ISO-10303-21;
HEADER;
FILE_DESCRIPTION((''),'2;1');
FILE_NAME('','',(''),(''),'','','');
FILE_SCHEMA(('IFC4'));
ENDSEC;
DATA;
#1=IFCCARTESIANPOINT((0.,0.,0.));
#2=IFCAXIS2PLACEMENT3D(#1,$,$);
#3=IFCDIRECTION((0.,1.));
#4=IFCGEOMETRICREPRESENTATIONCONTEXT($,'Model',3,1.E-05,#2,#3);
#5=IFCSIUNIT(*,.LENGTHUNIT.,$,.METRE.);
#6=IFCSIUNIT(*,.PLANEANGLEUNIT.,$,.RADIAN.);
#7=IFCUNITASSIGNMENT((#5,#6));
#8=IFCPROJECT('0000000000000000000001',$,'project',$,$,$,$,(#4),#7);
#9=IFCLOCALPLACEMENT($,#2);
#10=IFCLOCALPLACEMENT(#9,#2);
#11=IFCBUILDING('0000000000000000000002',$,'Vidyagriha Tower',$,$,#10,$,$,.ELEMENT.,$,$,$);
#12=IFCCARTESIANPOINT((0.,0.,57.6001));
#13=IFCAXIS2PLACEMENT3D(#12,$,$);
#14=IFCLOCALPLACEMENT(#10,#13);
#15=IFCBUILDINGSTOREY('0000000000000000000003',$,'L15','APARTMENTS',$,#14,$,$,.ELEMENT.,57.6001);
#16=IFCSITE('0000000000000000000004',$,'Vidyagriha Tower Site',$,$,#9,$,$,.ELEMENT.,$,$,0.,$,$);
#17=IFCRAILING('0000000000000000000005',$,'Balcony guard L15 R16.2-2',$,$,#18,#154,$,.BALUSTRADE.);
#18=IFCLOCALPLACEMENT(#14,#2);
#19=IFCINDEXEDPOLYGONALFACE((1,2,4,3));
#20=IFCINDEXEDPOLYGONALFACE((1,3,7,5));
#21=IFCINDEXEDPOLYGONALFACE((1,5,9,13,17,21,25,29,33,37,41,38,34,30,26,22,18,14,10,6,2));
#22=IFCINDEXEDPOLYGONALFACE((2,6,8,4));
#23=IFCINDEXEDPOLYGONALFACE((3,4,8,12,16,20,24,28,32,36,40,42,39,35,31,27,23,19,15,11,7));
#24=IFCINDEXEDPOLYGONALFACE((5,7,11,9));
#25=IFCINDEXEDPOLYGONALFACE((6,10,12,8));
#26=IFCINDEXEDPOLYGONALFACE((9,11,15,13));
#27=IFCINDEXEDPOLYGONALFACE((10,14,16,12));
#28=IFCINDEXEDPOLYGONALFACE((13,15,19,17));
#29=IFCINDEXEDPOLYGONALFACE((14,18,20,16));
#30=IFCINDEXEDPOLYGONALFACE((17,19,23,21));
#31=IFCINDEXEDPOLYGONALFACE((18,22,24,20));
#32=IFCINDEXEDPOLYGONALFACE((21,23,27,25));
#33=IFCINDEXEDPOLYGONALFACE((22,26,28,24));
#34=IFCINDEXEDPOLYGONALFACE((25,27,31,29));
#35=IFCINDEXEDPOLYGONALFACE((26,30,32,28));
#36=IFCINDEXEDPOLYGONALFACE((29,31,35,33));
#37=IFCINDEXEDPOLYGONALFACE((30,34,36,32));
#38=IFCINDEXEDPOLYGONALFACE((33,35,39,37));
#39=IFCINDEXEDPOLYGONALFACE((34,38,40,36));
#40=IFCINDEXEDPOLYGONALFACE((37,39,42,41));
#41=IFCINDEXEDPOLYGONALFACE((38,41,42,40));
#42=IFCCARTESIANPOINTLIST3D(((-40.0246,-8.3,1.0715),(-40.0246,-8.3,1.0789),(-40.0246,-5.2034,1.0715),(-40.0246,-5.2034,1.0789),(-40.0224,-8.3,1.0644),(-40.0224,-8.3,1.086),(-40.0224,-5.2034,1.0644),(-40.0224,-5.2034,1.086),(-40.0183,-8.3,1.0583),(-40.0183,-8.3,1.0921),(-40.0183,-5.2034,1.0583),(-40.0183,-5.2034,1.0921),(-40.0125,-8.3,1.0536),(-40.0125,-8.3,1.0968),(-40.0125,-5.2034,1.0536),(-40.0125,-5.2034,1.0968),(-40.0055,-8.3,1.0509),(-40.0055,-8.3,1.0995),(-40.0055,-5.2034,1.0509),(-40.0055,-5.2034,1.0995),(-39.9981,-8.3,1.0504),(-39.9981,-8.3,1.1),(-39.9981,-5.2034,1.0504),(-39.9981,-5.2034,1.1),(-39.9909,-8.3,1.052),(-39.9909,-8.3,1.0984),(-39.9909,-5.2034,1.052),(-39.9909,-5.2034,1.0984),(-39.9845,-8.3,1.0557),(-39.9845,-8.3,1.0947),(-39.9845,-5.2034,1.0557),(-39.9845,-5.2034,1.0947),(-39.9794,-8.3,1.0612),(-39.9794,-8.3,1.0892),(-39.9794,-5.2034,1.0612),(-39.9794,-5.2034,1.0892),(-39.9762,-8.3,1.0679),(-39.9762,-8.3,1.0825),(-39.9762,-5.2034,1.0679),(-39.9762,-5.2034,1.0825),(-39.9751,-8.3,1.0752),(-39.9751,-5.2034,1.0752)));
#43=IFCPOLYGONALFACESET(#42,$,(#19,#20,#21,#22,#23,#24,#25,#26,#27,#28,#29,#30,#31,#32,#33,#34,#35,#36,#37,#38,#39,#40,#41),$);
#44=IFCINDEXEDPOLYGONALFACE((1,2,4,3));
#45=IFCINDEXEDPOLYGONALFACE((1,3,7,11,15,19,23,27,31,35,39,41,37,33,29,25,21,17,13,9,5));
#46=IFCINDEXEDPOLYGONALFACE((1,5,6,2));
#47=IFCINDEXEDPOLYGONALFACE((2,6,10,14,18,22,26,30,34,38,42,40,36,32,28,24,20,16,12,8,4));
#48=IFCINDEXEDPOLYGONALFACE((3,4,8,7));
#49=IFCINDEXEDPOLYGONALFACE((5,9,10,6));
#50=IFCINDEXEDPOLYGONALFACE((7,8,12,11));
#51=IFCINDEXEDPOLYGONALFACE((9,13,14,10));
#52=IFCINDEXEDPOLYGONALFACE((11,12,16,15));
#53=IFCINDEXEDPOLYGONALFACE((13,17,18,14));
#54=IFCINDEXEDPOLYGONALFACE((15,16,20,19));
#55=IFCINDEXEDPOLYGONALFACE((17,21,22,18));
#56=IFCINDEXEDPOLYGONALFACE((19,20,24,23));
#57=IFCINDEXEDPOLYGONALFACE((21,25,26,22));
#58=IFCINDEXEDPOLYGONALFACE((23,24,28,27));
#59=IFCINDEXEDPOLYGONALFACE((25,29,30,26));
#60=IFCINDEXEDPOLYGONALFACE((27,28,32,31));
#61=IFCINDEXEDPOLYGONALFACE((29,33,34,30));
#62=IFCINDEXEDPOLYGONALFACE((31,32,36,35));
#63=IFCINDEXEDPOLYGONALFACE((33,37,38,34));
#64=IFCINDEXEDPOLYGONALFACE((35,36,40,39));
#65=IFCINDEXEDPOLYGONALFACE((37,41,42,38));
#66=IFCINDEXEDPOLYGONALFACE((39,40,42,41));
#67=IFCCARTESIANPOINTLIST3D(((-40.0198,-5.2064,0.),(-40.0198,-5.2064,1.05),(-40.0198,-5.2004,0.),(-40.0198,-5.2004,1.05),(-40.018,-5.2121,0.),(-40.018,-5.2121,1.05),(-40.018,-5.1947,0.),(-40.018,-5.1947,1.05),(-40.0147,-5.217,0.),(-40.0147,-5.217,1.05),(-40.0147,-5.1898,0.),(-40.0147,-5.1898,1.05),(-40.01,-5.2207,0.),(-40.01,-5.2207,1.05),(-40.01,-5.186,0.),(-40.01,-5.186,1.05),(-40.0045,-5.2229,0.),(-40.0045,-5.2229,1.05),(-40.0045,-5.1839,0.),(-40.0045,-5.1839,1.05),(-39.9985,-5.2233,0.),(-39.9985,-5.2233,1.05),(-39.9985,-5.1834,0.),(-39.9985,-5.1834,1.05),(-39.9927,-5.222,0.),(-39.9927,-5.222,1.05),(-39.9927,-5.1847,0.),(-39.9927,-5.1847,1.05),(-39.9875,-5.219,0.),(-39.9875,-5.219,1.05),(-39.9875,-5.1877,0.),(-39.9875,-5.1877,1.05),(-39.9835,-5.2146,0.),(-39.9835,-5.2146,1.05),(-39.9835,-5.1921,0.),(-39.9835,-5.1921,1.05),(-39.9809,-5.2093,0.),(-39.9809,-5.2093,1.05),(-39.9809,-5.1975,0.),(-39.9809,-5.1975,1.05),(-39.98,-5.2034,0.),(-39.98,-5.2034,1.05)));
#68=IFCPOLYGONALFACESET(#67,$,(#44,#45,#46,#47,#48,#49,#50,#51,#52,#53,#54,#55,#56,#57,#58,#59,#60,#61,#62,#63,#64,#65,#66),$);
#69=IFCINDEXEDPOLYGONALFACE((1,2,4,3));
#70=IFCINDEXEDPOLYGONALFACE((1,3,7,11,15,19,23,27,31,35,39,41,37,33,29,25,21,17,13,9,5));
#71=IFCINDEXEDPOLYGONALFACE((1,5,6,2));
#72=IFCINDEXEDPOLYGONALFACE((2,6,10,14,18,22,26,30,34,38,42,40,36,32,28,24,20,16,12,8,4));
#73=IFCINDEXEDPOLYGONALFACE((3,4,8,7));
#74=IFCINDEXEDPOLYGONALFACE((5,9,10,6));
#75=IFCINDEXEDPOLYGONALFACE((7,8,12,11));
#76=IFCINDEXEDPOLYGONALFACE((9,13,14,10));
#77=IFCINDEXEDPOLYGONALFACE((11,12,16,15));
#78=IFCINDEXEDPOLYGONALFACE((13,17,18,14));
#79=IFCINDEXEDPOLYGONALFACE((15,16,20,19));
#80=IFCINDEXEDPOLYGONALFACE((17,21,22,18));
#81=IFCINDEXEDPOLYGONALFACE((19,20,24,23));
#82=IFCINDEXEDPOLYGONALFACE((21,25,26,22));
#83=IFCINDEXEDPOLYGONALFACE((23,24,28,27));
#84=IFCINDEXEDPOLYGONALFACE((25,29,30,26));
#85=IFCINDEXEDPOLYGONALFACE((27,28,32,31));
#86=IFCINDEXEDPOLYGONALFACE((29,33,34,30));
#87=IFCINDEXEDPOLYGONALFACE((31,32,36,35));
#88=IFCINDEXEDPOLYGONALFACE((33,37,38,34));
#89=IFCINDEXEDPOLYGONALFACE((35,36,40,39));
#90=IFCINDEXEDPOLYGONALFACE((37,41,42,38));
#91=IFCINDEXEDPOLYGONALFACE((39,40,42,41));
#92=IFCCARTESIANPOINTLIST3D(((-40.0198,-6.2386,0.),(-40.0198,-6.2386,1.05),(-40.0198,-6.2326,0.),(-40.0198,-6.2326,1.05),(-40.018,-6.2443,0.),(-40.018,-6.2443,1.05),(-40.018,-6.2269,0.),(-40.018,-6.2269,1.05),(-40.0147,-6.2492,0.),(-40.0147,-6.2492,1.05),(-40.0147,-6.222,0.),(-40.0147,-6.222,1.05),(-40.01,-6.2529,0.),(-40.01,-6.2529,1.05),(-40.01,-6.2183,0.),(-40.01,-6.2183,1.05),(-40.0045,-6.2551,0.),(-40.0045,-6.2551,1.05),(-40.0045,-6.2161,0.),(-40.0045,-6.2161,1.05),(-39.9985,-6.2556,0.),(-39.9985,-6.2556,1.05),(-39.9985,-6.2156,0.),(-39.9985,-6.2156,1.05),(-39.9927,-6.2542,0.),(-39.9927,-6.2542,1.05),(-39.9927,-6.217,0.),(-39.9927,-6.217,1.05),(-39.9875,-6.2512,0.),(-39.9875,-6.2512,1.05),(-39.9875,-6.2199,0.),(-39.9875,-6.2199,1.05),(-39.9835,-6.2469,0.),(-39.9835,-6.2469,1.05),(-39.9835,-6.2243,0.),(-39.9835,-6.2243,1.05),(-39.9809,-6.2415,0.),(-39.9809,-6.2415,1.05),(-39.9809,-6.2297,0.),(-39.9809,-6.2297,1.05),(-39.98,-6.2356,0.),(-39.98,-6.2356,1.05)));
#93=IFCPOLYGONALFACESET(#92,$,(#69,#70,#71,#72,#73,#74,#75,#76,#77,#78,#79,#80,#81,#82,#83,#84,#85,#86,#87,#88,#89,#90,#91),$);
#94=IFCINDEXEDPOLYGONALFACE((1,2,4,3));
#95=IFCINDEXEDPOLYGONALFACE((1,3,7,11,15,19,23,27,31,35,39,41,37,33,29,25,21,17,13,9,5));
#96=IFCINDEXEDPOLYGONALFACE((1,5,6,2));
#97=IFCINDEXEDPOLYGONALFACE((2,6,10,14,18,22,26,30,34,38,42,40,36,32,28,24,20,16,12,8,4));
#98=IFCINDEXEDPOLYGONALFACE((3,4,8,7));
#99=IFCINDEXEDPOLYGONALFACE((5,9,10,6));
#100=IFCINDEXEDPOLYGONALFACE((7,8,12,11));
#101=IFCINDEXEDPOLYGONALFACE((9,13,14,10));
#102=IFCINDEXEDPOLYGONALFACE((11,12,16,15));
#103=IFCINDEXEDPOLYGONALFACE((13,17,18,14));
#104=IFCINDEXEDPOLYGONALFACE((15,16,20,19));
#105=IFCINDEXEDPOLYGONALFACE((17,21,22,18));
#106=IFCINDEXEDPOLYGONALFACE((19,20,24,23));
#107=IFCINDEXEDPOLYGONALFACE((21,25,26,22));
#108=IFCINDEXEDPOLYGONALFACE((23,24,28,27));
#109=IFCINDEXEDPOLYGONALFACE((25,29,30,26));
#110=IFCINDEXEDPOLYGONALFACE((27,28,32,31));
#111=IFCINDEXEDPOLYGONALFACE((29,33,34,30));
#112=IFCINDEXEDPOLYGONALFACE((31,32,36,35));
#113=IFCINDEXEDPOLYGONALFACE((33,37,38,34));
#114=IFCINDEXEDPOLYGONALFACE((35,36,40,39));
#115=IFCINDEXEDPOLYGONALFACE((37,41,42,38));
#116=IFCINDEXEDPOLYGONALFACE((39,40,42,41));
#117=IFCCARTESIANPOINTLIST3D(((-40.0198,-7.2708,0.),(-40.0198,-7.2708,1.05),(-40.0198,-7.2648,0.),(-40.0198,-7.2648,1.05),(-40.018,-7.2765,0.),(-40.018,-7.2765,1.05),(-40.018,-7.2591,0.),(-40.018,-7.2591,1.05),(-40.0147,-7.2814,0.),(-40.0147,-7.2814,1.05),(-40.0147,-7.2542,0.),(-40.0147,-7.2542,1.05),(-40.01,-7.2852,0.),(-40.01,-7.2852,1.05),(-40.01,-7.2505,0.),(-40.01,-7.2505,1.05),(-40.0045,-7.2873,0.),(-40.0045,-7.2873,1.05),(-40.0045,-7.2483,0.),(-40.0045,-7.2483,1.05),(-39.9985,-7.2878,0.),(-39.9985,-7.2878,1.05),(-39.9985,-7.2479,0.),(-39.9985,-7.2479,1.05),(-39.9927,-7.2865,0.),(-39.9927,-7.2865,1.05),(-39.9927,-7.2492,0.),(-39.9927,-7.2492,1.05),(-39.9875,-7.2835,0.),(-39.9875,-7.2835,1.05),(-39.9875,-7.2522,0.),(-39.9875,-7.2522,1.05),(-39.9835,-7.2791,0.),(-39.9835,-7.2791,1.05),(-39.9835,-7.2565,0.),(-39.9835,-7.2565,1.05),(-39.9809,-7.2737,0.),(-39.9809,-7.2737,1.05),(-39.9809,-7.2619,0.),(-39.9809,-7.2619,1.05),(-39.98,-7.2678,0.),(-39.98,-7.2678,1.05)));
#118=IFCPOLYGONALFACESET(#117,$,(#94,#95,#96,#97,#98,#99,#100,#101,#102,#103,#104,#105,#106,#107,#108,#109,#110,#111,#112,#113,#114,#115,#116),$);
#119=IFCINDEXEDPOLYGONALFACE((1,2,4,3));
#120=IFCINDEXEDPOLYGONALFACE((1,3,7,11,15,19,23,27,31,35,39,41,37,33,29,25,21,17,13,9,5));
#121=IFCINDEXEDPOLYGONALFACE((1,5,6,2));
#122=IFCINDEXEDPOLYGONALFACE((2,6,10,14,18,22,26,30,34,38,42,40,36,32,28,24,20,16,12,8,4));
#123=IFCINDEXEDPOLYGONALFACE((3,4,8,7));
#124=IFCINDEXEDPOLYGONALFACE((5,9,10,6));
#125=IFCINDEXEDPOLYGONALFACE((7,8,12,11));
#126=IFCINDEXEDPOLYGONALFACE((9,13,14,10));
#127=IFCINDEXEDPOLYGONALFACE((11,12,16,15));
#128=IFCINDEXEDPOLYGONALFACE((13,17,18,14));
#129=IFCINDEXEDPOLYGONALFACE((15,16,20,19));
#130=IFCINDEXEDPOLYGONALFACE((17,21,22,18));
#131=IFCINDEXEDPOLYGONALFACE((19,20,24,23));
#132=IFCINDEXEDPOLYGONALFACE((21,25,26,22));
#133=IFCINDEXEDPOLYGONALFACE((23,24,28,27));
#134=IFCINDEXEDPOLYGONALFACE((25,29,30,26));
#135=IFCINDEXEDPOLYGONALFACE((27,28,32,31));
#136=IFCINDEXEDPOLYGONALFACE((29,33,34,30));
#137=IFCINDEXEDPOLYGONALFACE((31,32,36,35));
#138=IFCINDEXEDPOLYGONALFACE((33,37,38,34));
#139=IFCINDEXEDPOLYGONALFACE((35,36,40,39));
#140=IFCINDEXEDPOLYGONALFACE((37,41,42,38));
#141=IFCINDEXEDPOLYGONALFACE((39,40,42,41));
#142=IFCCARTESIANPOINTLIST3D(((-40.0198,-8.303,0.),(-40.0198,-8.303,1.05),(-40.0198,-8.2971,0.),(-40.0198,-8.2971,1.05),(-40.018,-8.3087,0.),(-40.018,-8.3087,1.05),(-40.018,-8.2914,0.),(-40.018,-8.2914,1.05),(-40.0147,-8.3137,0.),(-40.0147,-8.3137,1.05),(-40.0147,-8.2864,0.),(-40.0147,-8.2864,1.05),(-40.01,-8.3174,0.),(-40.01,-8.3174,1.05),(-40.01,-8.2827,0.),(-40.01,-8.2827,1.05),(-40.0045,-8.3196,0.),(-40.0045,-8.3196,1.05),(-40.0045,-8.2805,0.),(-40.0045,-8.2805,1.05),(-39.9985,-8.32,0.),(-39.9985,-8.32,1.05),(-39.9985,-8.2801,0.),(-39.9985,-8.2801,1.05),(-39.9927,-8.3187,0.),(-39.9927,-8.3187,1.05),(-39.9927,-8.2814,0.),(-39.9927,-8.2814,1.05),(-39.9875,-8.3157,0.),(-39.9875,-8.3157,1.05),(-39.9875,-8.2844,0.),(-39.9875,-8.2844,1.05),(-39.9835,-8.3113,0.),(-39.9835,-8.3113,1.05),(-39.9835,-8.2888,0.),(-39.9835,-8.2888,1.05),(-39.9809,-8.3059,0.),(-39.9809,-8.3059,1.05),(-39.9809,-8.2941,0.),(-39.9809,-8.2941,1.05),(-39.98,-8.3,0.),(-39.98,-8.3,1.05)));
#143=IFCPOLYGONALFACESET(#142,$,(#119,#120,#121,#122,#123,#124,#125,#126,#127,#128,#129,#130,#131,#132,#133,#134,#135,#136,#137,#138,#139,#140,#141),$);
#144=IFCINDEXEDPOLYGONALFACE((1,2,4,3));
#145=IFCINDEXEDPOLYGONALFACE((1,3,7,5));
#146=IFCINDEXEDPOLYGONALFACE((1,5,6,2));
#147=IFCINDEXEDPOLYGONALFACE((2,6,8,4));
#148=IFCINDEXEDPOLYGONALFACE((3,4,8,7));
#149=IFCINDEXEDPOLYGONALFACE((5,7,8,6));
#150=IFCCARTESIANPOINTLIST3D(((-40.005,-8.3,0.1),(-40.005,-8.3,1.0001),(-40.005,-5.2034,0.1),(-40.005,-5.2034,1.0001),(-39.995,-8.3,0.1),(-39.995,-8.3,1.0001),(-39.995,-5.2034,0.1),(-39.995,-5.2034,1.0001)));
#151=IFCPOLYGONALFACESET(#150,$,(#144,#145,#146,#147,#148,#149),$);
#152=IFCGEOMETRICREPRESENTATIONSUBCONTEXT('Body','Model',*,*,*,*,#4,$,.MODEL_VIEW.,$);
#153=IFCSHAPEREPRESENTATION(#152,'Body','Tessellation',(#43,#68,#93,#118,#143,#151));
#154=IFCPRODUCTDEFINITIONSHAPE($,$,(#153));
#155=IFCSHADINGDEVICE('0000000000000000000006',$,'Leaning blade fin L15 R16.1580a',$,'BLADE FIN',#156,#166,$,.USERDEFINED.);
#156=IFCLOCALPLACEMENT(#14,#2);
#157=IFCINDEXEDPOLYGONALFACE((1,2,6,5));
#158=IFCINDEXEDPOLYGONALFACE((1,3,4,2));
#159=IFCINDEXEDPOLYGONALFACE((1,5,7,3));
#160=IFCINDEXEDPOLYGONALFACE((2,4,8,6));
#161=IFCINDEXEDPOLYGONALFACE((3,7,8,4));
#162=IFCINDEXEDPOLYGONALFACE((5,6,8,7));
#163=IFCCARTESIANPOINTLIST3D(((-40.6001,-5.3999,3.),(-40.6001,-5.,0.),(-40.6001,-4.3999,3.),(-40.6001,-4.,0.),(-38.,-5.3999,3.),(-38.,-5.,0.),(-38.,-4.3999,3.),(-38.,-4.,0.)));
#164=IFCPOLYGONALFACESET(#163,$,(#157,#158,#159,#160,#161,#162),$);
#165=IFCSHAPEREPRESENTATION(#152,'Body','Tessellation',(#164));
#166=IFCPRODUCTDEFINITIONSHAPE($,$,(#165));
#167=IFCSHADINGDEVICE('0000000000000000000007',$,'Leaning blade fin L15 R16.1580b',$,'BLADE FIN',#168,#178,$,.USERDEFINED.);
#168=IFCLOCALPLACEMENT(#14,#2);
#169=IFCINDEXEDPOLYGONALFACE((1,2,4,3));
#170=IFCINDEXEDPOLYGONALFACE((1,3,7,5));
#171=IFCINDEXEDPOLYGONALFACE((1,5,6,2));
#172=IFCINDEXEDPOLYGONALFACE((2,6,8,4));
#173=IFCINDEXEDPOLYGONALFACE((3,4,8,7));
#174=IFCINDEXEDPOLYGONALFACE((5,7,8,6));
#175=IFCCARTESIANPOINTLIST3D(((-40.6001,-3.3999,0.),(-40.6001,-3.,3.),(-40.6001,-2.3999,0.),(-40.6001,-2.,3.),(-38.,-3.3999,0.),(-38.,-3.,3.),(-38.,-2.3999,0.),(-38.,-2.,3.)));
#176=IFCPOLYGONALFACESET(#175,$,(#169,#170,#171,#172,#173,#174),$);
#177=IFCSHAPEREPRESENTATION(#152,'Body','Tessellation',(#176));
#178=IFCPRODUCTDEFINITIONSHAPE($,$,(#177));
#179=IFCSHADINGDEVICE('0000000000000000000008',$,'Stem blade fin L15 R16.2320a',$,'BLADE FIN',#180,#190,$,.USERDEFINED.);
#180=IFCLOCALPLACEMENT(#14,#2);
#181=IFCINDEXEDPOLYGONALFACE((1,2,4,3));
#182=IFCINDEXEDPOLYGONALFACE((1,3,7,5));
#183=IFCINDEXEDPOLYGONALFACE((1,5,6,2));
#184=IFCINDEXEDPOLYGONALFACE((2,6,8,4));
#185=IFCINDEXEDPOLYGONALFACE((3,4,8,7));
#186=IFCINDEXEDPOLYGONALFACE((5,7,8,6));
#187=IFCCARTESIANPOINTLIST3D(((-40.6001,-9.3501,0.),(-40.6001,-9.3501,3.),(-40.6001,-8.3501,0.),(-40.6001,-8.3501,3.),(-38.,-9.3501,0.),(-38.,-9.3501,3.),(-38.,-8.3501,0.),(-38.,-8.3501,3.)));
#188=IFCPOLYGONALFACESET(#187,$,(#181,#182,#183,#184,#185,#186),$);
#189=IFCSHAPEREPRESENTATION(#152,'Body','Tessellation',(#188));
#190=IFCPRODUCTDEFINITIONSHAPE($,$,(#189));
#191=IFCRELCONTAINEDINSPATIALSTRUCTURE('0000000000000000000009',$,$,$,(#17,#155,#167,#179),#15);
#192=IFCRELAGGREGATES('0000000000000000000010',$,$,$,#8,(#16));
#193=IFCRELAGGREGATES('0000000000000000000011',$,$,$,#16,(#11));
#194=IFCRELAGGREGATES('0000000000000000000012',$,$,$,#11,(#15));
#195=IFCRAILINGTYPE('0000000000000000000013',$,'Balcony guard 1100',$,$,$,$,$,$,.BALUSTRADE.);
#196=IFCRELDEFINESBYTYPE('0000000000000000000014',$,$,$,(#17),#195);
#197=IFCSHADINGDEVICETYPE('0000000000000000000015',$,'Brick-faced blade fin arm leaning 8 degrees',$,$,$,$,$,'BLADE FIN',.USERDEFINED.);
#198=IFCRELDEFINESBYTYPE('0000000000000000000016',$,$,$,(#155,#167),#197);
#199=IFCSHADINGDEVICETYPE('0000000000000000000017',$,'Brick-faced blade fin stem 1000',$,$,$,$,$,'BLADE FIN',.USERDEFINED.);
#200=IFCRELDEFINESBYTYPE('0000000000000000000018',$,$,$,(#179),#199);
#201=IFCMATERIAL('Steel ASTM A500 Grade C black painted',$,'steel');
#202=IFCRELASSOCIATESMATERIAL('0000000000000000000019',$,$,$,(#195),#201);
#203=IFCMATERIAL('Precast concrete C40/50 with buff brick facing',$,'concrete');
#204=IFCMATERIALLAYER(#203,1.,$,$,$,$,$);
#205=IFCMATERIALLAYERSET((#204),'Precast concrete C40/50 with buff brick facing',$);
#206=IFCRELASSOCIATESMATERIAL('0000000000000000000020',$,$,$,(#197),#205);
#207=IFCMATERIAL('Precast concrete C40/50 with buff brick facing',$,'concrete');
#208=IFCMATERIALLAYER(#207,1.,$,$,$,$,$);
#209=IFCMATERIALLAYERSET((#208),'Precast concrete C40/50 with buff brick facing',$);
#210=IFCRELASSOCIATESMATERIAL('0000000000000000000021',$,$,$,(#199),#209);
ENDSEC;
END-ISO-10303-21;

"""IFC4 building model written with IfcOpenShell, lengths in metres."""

from ifc_helpers import new_model, si_unit, direction, frame, origin, origin_2d, place, context, subcontext, project, spatial, polyline, rectangle, circle, outline, extrude, material, layer, layer_set, type_object, element, save


model = new_model("IFC4")

# Units and contexts
model_context = context("Model", 3, precision=1e-05, world=origin(), true_north=direction((0.0, 1.0)))
body_context = subcontext(model_context, "Body", "Model", "MODEL_VIEW")
ifc_project = project(units=[si_unit("LENGTHUNIT", "METRE"), si_unit("PLANEANGLEUNIT", "RADIAN")], contexts=[model_context])

# Site, building, storey
site_placement = place(None, origin())
site = spatial("IfcSite", under=ifc_project, at=site_placement, Name="Vidyagriha Tower Site", CompositionType="ELEMENT", RefElevation=0.0)
building_placement = place(site_placement, origin())
building = spatial("IfcBuilding", under=site, at=building_placement, Name="Vidyagriha Tower", CompositionType="ELEMENT")
storey_placement = place(building_placement, frame((0.0, 0.0, 57.6001)))
storey = spatial("IfcBuildingStorey", under=building, at=storey_placement, Name="L15", Description="APARTMENTS", CompositionType="ELEMENT", Elevation=57.6001)

# Railing
ifc_material_1 = material(Name="Steel ASTM A500 Grade C black painted", Category="steel")
railing_type_1 = type_object("IfcRailingType", Name="Balcony guard 1100", PredefinedType="BALUSTRADE", material=ifc_material_1)
railing_1_placement = place(storey_placement, frame((-40.0, -5.2034, 0.0)))
element("IfcRailing", 1, at=railing_1_placement, inside=storey, type_object=railing_type_1, Name="Balcony guard L15 R16.2-2", PredefinedType="BALUSTRADE", context=body_context, shape_type="SweptSolid", body=[
    extrude(circle(Radius=0.0249, at=origin_2d()), frame((0.0, 0.0, 1.0752), z_axis=(0.0, -1.0, 0.0), x_axis=(1.0, 0.0, 0.0)), (0.0, 0.0, 1.0), 3.0967),
    extrude(circle(Radius=0.02, at=origin_2d()), origin(), (0.0, 0.0, 1.0), 1.05),
    extrude(circle(Radius=0.02, at=origin_2d()), frame((0.0, -1.0322, 0.0)), (0.0, 0.0, 1.0), 1.05),
    extrude(circle(Radius=0.02, at=origin_2d()), frame((0.0, -2.0645, 0.0)), (0.0, 0.0, 1.0), 1.05),
    extrude(circle(Radius=0.02, at=origin_2d()), frame((0.0, -3.0967, 0.0)), (0.0, 0.0, 1.0), 1.05),
    extrude(rectangle(XDim=0.01, YDim=0.9001, at=origin_2d()), frame((0.0, 0.0, 0.55), z_axis=(0.0, -1.0, 0.0), x_axis=(1.0, 0.0, 0.0)), (0.0, 0.0, 1.0), 3.0967),
])

# Shading devices
ifc_material_2 = material(Name="Precast concrete C40/50 with buff brick facing", Category="concrete")
ifc_layer_1 = layer(ifc_material_2, 1.0)
ifc_layer_set_1 = layer_set([ifc_layer_1], Name="Precast concrete C40/50 with buff brick facing")
shading_device_type_1 = type_object("IfcShadingDeviceType", Name="Brick-faced blade fin arm leaning 8 degrees", ElementType="BLADE FIN", PredefinedType="USERDEFINED", material=ifc_layer_set_1)
shading_device_1_placement = place(storey_placement, frame((-39.3, -4.0, 0.0), z_axis=(0.0, 0.0, 1.0), x_axis=(0.0, -1.0, 0.0)))
element("IfcShadingDevice", 2, at=shading_device_1_placement, inside=storey, type_object=shading_device_type_1, Name="Leaning blade fin L15 R16.1580a", ObjectType="BLADE FIN", PredefinedType="USERDEFINED", context=body_context, shape_type="SweptSolid", body=[
    extrude(outline(polyline([(0.0, 0.0), (1.0, 0.0), (1.3999, 3.0), (0.3999, 3.0), (0.0, 0.0)])), frame((0.0, 1.3, 0.0), z_axis=(0.0, -1.0, 0.0), x_axis=(1.0, 0.0, 0.0)), (0.0, 0.0, 1.0), 2.6001),
])
shading_device_2_placement = place(storey_placement, frame((-39.3, -2.0, 0.0), z_axis=(0.0, 0.0, 1.0), x_axis=(0.0, -1.0, 0.0)))
element("IfcShadingDevice", 3, at=shading_device_2_placement, inside=storey, type_object=shading_device_type_1, Name="Leaning blade fin L15 R16.1580b", ObjectType="BLADE FIN", PredefinedType="USERDEFINED", context=body_context, shape_type="SweptSolid", body=[
    extrude(outline(polyline([(0.3999, 0.0), (1.3999, 0.0), (1.0, 3.0), (0.0, 3.0), (0.3999, 0.0)])), frame((0.0, 1.3, 0.0), z_axis=(0.0, -1.0, 0.0), x_axis=(1.0, 0.0, 0.0)), (0.0, 0.0, 1.0), 2.6001),
])
ifc_material_3 = material(Name="Precast concrete C40/50 with buff brick facing", Category="concrete")
ifc_layer_2 = layer(ifc_material_3, 1.0)
ifc_layer_set_2 = layer_set([ifc_layer_2], Name="Precast concrete C40/50 with buff brick facing")
shading_device_type_2 = type_object("IfcShadingDeviceType", Name="Brick-faced blade fin stem 1000", ElementType="BLADE FIN", PredefinedType="USERDEFINED", material=ifc_layer_set_2)
shading_device_3_placement = place(storey_placement, frame((-39.3, -8.3501, 0.0), z_axis=(0.0, 0.0, 1.0), x_axis=(0.0, -1.0, 0.0)))
element("IfcShadingDevice", 4, at=shading_device_3_placement, inside=storey, type_object=shading_device_type_2, Name="Stem blade fin L15 R16.2320a", ObjectType="BLADE FIN", PredefinedType="USERDEFINED", context=body_context, shape_type="SweptSolid", body=[
    extrude(outline(polyline([(0.0, 0.0), (1.0, 0.0), (1.0, 3.0), (0.0, 3.0), (0.0, 0.0)])), frame((0.0, 1.3, 0.0), z_axis=(0.0, -1.0, 0.0), x_axis=(1.0, 0.0, 0.0)), (0.0, 0.0, 1.0), 2.6001),
])

save(model, "model.ifc")
